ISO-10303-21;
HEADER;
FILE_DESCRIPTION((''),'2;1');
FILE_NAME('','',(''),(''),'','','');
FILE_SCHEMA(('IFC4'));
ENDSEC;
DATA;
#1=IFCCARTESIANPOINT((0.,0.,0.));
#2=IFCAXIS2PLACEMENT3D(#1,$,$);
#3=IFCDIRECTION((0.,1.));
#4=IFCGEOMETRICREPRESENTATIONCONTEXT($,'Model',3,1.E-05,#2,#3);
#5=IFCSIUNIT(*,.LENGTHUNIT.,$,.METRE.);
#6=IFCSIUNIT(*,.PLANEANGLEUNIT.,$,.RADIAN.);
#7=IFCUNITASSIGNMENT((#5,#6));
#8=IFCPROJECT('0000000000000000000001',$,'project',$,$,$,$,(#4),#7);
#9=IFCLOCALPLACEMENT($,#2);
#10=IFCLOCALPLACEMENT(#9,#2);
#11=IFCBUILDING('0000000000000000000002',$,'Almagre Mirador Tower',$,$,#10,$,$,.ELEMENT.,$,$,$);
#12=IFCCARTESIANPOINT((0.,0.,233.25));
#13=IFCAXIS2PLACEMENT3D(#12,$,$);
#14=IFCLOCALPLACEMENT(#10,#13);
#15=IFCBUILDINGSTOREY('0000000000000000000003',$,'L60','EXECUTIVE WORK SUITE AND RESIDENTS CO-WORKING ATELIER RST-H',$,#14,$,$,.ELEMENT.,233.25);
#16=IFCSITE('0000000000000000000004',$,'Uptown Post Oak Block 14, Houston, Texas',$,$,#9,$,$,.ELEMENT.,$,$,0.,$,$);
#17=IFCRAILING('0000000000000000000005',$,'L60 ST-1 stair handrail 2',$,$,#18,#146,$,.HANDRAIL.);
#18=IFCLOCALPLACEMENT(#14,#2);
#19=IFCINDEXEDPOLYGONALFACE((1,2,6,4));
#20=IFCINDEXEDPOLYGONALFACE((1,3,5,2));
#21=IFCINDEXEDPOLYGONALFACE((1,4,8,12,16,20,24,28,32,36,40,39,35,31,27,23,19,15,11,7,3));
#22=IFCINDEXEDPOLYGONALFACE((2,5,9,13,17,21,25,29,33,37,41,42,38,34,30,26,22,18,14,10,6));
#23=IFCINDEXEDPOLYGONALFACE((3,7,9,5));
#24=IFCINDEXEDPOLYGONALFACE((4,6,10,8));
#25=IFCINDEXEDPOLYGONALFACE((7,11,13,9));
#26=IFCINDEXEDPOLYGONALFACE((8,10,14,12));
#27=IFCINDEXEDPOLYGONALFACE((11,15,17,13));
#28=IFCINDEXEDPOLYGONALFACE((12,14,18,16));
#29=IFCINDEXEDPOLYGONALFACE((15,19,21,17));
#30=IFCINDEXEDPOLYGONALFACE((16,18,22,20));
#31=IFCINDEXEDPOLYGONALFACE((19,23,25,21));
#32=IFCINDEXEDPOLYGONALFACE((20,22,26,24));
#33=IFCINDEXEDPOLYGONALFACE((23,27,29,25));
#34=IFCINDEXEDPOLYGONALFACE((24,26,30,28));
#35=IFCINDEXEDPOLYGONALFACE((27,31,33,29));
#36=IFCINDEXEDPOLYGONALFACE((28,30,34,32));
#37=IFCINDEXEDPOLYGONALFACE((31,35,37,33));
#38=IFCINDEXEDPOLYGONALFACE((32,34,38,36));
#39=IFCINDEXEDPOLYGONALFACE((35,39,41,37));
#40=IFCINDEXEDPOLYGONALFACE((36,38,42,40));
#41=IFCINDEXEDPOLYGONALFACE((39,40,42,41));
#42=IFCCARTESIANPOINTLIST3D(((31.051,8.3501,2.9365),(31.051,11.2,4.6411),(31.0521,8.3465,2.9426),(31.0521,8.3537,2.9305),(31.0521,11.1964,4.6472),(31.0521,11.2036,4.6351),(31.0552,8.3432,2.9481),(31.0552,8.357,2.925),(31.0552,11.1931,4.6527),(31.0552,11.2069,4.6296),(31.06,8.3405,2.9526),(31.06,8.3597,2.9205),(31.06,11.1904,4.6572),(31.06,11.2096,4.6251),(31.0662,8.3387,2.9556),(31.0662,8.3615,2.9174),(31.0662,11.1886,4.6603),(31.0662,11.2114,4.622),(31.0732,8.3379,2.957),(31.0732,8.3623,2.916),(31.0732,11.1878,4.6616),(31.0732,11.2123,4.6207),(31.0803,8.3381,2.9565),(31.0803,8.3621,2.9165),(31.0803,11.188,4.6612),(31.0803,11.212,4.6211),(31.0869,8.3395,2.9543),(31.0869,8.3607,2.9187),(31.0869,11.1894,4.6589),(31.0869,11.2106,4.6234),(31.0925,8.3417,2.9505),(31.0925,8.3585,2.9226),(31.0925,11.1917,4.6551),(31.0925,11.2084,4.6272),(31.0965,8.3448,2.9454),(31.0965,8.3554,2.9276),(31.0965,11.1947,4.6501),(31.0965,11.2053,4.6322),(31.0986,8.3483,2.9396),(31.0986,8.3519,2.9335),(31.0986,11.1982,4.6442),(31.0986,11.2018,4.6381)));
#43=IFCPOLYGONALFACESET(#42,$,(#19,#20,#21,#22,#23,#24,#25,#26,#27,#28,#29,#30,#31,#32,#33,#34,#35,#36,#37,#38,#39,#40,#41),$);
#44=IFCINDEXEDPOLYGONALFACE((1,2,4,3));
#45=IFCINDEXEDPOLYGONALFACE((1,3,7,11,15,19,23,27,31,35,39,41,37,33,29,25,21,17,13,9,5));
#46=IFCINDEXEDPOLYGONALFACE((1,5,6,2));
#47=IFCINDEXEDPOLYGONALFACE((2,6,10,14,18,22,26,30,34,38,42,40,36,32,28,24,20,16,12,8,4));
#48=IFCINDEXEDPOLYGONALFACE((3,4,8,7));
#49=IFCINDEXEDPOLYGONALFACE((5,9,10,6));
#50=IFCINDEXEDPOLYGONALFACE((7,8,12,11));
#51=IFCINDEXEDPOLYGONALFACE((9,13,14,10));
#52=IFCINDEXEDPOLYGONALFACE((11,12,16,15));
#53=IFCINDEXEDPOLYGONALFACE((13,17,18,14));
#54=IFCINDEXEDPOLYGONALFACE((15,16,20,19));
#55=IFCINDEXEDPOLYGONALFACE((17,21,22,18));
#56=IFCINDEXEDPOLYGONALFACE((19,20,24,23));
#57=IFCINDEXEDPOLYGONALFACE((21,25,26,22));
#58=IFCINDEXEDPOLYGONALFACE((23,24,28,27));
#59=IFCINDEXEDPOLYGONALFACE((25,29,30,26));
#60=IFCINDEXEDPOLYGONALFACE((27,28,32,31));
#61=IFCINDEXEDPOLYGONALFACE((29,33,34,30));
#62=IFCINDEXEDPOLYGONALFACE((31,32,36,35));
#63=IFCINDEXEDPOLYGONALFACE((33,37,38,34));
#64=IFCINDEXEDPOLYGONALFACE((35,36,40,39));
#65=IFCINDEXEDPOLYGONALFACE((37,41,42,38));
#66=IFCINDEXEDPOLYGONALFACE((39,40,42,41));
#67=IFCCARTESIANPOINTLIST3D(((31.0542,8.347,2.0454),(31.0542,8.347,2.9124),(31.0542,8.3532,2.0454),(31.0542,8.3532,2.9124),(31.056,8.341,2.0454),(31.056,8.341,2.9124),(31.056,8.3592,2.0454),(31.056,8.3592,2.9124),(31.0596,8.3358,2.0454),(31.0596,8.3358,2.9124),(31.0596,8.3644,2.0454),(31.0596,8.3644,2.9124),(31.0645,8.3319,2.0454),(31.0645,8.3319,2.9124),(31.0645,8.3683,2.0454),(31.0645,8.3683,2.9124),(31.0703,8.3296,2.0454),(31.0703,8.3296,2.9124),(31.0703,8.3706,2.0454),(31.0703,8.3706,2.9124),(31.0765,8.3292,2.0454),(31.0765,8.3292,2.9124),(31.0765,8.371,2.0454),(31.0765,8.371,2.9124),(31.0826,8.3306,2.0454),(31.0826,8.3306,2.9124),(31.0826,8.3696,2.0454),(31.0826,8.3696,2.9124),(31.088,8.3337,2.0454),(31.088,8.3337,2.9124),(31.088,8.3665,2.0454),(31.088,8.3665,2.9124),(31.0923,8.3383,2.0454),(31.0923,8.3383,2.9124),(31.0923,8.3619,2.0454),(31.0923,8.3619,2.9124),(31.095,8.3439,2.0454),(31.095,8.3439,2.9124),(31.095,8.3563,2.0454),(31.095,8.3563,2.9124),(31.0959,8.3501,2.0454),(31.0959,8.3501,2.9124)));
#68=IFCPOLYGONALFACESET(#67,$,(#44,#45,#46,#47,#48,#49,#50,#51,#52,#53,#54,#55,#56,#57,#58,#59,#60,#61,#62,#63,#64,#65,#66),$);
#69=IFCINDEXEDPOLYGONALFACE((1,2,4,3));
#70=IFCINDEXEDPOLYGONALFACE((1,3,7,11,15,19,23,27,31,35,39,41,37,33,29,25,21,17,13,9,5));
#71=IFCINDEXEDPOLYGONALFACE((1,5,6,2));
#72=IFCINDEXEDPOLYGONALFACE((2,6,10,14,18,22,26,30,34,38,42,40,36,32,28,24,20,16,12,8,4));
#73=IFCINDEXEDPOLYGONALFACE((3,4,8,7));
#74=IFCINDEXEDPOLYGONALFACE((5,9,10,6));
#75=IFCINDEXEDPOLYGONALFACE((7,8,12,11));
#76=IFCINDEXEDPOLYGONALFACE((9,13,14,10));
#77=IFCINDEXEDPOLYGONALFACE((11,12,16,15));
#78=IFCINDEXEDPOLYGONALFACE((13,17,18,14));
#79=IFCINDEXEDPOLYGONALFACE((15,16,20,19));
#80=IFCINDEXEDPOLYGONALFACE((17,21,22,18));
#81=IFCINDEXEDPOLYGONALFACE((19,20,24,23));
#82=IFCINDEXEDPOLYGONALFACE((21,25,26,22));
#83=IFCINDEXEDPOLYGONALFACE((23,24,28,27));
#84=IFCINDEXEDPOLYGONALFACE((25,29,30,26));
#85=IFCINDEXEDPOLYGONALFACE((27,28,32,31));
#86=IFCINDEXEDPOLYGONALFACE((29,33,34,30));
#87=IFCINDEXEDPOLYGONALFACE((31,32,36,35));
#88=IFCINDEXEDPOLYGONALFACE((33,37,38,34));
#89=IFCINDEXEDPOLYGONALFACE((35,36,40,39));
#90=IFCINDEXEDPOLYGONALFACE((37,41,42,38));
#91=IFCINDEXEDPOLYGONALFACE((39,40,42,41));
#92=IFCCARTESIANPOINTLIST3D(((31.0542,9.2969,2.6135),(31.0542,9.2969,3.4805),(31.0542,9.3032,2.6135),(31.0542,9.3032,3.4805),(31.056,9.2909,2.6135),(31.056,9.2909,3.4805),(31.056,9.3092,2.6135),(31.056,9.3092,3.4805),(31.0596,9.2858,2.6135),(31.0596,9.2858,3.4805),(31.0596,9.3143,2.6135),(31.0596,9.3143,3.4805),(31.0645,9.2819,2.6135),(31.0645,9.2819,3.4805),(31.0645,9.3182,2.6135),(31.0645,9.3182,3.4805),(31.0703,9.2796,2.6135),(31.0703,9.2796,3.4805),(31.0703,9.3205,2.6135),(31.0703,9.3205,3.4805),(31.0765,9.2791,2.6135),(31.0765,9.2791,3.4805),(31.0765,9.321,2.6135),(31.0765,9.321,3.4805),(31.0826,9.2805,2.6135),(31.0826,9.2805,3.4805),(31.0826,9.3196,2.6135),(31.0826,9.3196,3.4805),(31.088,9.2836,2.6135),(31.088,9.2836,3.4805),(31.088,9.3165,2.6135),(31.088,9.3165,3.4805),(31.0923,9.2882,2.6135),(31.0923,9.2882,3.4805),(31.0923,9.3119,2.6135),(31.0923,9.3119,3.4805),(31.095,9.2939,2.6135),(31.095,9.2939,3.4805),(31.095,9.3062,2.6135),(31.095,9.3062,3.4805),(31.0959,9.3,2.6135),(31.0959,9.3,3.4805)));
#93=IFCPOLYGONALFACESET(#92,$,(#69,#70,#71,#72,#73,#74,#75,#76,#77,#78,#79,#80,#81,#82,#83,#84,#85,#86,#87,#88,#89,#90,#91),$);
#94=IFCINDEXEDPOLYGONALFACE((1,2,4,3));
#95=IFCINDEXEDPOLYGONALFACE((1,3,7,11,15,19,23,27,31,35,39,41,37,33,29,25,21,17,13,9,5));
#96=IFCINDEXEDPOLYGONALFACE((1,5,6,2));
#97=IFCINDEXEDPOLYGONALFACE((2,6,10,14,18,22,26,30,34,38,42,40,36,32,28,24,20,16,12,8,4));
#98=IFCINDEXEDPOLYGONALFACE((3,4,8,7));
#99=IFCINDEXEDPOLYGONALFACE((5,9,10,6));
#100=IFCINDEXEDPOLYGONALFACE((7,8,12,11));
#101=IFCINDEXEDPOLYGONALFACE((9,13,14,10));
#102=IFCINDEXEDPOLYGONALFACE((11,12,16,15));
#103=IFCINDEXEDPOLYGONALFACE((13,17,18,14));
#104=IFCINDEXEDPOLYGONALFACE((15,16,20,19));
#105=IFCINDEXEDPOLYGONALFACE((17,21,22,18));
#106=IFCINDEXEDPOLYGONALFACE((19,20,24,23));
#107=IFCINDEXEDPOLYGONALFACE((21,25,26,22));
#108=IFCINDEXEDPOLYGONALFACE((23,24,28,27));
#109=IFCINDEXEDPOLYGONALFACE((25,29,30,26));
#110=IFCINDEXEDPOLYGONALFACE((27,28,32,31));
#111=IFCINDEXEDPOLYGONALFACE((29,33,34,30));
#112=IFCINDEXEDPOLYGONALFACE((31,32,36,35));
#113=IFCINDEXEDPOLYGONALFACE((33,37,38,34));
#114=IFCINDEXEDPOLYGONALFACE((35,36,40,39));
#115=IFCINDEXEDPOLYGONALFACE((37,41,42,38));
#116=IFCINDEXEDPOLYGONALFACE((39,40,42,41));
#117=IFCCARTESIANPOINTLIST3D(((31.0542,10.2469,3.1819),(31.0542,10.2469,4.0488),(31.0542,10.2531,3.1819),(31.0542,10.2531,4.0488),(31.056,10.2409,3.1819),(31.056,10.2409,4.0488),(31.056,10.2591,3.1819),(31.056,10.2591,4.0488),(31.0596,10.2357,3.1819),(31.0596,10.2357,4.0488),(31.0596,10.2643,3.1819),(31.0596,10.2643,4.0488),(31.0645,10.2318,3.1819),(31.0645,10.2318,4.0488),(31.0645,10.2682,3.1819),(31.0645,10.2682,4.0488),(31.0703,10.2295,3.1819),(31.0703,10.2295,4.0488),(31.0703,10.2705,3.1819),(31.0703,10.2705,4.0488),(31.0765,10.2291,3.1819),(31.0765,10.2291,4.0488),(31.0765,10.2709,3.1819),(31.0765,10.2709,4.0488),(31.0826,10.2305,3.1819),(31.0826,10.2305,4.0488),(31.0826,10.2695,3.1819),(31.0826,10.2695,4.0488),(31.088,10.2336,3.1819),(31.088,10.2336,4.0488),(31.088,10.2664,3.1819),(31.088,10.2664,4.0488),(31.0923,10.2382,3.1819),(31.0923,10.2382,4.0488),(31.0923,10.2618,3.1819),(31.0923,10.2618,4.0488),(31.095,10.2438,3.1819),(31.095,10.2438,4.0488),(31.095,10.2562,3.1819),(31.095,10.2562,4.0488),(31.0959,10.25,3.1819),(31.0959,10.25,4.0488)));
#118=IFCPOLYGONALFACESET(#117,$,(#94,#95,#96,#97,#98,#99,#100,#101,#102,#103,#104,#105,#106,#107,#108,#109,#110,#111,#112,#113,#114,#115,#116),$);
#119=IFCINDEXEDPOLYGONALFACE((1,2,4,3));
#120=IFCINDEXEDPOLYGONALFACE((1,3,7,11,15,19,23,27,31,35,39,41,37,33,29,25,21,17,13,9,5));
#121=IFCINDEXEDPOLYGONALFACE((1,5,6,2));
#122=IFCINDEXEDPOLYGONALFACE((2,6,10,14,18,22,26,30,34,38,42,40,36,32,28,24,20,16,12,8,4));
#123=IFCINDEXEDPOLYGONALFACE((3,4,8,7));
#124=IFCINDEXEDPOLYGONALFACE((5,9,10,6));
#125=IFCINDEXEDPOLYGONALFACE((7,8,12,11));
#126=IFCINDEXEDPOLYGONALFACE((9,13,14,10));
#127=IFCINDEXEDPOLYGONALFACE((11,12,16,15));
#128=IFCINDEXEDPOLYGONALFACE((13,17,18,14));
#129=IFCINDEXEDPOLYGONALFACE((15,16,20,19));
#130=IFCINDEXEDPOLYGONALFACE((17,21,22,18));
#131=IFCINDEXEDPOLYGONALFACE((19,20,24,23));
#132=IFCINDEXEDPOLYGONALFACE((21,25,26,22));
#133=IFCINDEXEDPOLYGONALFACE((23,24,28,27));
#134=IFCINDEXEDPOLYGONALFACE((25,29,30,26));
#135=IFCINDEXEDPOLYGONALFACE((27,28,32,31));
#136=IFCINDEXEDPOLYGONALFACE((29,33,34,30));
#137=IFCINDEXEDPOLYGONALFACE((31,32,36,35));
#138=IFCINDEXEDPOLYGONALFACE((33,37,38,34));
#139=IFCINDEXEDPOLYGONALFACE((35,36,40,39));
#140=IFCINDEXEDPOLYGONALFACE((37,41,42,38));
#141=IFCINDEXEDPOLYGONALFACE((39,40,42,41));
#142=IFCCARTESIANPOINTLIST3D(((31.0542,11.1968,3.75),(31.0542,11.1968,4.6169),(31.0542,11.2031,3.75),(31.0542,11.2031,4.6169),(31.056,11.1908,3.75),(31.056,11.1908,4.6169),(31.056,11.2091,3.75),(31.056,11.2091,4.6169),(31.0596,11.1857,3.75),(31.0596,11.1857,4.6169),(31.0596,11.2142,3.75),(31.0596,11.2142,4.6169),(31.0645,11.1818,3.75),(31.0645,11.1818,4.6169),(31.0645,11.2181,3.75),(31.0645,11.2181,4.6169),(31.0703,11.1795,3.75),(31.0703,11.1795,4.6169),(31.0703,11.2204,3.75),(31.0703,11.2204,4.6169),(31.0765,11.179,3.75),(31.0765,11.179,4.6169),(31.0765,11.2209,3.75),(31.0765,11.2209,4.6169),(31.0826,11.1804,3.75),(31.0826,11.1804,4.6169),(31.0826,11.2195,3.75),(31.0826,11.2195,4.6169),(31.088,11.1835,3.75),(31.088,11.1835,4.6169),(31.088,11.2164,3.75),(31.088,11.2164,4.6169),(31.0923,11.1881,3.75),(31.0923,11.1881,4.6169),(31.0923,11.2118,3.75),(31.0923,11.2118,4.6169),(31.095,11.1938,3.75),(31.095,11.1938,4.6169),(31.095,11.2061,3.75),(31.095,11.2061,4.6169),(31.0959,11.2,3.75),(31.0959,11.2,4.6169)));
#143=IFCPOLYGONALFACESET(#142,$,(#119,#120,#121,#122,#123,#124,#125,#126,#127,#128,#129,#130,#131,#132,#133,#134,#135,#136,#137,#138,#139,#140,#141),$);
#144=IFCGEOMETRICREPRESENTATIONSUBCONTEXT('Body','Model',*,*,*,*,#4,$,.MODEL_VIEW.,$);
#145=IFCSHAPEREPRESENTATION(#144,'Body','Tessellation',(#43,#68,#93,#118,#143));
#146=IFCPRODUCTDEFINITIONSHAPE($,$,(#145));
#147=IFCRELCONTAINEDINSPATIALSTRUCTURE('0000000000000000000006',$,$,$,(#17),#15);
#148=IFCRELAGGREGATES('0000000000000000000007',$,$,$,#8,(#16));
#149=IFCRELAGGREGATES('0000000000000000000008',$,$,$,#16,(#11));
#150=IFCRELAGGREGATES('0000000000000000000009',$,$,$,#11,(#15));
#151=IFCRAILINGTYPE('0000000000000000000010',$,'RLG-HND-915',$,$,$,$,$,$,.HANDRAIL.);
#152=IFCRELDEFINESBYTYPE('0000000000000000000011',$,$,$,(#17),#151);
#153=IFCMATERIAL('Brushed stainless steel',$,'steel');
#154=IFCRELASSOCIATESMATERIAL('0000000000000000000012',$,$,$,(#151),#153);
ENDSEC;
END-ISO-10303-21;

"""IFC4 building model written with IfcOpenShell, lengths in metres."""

from ifc_helpers import new_model, si_unit, direction, frame, origin, origin_2d, place, context, subcontext, project, spatial, circle, extrude, material, type_object, element, save


model = new_model("IFC4")

# Units and contexts
model_context = context("Model", 3, precision=1e-05, world=origin(), true_north=direction((0.0, 1.0)))
body_context = subcontext(model_context, "Body", "Model", "MODEL_VIEW")
ifc_project = project(units=[si_unit("LENGTHUNIT", "METRE"), si_unit("PLANEANGLEUNIT", "RADIAN")], contexts=[model_context])

# Site, building, storey
site_placement = place(None, origin())
site = spatial("IfcSite", under=ifc_project, at=site_placement, Name="Uptown Post Oak Block 14, Houston, Texas", CompositionType="ELEMENT", RefElevation=0.0)
building_placement = place(site_placement, origin())
building = spatial("IfcBuilding", under=site, at=building_placement, Name="Almagre Mirador Tower", CompositionType="ELEMENT")
storey_placement = place(building_placement, frame((0.0, 0.0, 233.25)))
storey = spatial("IfcBuildingStorey", under=building, at=storey_placement, Name="L60", Description="EXECUTIVE WORK SUITE AND RESIDENTS CO-WORKING ATELIER RST-H", CompositionType="ELEMENT", Elevation=233.25)

# Railing
ifc_material_1 = material(Name="Brushed stainless steel", Category="steel")
railing_type = type_object("IfcRailingType", Name="RLG-HND-915", PredefinedType="HANDRAIL", material=ifc_material_1)
railing_1_placement = place(storey_placement, frame((31.075, 8.3501, 2.0454)))
element("IfcRailing", 1, at=railing_1_placement, inside=storey, type_object=railing_type, Name="L60 ST-1 stair handrail 2", PredefinedType="HANDRAIL", context=body_context, shape_type="SweptSolid", body=[
    extrude(circle(Radius=0.0239, at=origin_2d()), frame((0.0, 0.0, 0.8911), z_axis=(0.0, 0.858199, 0.513317), x_axis=(-1.0, 0.0, 0.0)), (0.0, 0.0, 1.0), 3.3208),
    extrude(circle(Radius=0.021, at=origin_2d()), origin(), (0.0, 0.0, 1.0), 0.8669),
    extrude(circle(Radius=0.021, at=origin_2d()), frame((0.0, 0.95, 0.5681)), (0.0, 0.0, 1.0), 0.8669),
    extrude(circle(Radius=0.021, at=origin_2d()), frame((0.0, 1.8999, 1.1365)), (0.0, 0.0, 1.0), 0.8669),
    extrude(circle(Radius=0.021, at=origin_2d()), frame((0.0, 2.8499, 1.7046)), (0.0, 0.0, 1.0), 0.8669),
])

save(model, "model.ifc")
